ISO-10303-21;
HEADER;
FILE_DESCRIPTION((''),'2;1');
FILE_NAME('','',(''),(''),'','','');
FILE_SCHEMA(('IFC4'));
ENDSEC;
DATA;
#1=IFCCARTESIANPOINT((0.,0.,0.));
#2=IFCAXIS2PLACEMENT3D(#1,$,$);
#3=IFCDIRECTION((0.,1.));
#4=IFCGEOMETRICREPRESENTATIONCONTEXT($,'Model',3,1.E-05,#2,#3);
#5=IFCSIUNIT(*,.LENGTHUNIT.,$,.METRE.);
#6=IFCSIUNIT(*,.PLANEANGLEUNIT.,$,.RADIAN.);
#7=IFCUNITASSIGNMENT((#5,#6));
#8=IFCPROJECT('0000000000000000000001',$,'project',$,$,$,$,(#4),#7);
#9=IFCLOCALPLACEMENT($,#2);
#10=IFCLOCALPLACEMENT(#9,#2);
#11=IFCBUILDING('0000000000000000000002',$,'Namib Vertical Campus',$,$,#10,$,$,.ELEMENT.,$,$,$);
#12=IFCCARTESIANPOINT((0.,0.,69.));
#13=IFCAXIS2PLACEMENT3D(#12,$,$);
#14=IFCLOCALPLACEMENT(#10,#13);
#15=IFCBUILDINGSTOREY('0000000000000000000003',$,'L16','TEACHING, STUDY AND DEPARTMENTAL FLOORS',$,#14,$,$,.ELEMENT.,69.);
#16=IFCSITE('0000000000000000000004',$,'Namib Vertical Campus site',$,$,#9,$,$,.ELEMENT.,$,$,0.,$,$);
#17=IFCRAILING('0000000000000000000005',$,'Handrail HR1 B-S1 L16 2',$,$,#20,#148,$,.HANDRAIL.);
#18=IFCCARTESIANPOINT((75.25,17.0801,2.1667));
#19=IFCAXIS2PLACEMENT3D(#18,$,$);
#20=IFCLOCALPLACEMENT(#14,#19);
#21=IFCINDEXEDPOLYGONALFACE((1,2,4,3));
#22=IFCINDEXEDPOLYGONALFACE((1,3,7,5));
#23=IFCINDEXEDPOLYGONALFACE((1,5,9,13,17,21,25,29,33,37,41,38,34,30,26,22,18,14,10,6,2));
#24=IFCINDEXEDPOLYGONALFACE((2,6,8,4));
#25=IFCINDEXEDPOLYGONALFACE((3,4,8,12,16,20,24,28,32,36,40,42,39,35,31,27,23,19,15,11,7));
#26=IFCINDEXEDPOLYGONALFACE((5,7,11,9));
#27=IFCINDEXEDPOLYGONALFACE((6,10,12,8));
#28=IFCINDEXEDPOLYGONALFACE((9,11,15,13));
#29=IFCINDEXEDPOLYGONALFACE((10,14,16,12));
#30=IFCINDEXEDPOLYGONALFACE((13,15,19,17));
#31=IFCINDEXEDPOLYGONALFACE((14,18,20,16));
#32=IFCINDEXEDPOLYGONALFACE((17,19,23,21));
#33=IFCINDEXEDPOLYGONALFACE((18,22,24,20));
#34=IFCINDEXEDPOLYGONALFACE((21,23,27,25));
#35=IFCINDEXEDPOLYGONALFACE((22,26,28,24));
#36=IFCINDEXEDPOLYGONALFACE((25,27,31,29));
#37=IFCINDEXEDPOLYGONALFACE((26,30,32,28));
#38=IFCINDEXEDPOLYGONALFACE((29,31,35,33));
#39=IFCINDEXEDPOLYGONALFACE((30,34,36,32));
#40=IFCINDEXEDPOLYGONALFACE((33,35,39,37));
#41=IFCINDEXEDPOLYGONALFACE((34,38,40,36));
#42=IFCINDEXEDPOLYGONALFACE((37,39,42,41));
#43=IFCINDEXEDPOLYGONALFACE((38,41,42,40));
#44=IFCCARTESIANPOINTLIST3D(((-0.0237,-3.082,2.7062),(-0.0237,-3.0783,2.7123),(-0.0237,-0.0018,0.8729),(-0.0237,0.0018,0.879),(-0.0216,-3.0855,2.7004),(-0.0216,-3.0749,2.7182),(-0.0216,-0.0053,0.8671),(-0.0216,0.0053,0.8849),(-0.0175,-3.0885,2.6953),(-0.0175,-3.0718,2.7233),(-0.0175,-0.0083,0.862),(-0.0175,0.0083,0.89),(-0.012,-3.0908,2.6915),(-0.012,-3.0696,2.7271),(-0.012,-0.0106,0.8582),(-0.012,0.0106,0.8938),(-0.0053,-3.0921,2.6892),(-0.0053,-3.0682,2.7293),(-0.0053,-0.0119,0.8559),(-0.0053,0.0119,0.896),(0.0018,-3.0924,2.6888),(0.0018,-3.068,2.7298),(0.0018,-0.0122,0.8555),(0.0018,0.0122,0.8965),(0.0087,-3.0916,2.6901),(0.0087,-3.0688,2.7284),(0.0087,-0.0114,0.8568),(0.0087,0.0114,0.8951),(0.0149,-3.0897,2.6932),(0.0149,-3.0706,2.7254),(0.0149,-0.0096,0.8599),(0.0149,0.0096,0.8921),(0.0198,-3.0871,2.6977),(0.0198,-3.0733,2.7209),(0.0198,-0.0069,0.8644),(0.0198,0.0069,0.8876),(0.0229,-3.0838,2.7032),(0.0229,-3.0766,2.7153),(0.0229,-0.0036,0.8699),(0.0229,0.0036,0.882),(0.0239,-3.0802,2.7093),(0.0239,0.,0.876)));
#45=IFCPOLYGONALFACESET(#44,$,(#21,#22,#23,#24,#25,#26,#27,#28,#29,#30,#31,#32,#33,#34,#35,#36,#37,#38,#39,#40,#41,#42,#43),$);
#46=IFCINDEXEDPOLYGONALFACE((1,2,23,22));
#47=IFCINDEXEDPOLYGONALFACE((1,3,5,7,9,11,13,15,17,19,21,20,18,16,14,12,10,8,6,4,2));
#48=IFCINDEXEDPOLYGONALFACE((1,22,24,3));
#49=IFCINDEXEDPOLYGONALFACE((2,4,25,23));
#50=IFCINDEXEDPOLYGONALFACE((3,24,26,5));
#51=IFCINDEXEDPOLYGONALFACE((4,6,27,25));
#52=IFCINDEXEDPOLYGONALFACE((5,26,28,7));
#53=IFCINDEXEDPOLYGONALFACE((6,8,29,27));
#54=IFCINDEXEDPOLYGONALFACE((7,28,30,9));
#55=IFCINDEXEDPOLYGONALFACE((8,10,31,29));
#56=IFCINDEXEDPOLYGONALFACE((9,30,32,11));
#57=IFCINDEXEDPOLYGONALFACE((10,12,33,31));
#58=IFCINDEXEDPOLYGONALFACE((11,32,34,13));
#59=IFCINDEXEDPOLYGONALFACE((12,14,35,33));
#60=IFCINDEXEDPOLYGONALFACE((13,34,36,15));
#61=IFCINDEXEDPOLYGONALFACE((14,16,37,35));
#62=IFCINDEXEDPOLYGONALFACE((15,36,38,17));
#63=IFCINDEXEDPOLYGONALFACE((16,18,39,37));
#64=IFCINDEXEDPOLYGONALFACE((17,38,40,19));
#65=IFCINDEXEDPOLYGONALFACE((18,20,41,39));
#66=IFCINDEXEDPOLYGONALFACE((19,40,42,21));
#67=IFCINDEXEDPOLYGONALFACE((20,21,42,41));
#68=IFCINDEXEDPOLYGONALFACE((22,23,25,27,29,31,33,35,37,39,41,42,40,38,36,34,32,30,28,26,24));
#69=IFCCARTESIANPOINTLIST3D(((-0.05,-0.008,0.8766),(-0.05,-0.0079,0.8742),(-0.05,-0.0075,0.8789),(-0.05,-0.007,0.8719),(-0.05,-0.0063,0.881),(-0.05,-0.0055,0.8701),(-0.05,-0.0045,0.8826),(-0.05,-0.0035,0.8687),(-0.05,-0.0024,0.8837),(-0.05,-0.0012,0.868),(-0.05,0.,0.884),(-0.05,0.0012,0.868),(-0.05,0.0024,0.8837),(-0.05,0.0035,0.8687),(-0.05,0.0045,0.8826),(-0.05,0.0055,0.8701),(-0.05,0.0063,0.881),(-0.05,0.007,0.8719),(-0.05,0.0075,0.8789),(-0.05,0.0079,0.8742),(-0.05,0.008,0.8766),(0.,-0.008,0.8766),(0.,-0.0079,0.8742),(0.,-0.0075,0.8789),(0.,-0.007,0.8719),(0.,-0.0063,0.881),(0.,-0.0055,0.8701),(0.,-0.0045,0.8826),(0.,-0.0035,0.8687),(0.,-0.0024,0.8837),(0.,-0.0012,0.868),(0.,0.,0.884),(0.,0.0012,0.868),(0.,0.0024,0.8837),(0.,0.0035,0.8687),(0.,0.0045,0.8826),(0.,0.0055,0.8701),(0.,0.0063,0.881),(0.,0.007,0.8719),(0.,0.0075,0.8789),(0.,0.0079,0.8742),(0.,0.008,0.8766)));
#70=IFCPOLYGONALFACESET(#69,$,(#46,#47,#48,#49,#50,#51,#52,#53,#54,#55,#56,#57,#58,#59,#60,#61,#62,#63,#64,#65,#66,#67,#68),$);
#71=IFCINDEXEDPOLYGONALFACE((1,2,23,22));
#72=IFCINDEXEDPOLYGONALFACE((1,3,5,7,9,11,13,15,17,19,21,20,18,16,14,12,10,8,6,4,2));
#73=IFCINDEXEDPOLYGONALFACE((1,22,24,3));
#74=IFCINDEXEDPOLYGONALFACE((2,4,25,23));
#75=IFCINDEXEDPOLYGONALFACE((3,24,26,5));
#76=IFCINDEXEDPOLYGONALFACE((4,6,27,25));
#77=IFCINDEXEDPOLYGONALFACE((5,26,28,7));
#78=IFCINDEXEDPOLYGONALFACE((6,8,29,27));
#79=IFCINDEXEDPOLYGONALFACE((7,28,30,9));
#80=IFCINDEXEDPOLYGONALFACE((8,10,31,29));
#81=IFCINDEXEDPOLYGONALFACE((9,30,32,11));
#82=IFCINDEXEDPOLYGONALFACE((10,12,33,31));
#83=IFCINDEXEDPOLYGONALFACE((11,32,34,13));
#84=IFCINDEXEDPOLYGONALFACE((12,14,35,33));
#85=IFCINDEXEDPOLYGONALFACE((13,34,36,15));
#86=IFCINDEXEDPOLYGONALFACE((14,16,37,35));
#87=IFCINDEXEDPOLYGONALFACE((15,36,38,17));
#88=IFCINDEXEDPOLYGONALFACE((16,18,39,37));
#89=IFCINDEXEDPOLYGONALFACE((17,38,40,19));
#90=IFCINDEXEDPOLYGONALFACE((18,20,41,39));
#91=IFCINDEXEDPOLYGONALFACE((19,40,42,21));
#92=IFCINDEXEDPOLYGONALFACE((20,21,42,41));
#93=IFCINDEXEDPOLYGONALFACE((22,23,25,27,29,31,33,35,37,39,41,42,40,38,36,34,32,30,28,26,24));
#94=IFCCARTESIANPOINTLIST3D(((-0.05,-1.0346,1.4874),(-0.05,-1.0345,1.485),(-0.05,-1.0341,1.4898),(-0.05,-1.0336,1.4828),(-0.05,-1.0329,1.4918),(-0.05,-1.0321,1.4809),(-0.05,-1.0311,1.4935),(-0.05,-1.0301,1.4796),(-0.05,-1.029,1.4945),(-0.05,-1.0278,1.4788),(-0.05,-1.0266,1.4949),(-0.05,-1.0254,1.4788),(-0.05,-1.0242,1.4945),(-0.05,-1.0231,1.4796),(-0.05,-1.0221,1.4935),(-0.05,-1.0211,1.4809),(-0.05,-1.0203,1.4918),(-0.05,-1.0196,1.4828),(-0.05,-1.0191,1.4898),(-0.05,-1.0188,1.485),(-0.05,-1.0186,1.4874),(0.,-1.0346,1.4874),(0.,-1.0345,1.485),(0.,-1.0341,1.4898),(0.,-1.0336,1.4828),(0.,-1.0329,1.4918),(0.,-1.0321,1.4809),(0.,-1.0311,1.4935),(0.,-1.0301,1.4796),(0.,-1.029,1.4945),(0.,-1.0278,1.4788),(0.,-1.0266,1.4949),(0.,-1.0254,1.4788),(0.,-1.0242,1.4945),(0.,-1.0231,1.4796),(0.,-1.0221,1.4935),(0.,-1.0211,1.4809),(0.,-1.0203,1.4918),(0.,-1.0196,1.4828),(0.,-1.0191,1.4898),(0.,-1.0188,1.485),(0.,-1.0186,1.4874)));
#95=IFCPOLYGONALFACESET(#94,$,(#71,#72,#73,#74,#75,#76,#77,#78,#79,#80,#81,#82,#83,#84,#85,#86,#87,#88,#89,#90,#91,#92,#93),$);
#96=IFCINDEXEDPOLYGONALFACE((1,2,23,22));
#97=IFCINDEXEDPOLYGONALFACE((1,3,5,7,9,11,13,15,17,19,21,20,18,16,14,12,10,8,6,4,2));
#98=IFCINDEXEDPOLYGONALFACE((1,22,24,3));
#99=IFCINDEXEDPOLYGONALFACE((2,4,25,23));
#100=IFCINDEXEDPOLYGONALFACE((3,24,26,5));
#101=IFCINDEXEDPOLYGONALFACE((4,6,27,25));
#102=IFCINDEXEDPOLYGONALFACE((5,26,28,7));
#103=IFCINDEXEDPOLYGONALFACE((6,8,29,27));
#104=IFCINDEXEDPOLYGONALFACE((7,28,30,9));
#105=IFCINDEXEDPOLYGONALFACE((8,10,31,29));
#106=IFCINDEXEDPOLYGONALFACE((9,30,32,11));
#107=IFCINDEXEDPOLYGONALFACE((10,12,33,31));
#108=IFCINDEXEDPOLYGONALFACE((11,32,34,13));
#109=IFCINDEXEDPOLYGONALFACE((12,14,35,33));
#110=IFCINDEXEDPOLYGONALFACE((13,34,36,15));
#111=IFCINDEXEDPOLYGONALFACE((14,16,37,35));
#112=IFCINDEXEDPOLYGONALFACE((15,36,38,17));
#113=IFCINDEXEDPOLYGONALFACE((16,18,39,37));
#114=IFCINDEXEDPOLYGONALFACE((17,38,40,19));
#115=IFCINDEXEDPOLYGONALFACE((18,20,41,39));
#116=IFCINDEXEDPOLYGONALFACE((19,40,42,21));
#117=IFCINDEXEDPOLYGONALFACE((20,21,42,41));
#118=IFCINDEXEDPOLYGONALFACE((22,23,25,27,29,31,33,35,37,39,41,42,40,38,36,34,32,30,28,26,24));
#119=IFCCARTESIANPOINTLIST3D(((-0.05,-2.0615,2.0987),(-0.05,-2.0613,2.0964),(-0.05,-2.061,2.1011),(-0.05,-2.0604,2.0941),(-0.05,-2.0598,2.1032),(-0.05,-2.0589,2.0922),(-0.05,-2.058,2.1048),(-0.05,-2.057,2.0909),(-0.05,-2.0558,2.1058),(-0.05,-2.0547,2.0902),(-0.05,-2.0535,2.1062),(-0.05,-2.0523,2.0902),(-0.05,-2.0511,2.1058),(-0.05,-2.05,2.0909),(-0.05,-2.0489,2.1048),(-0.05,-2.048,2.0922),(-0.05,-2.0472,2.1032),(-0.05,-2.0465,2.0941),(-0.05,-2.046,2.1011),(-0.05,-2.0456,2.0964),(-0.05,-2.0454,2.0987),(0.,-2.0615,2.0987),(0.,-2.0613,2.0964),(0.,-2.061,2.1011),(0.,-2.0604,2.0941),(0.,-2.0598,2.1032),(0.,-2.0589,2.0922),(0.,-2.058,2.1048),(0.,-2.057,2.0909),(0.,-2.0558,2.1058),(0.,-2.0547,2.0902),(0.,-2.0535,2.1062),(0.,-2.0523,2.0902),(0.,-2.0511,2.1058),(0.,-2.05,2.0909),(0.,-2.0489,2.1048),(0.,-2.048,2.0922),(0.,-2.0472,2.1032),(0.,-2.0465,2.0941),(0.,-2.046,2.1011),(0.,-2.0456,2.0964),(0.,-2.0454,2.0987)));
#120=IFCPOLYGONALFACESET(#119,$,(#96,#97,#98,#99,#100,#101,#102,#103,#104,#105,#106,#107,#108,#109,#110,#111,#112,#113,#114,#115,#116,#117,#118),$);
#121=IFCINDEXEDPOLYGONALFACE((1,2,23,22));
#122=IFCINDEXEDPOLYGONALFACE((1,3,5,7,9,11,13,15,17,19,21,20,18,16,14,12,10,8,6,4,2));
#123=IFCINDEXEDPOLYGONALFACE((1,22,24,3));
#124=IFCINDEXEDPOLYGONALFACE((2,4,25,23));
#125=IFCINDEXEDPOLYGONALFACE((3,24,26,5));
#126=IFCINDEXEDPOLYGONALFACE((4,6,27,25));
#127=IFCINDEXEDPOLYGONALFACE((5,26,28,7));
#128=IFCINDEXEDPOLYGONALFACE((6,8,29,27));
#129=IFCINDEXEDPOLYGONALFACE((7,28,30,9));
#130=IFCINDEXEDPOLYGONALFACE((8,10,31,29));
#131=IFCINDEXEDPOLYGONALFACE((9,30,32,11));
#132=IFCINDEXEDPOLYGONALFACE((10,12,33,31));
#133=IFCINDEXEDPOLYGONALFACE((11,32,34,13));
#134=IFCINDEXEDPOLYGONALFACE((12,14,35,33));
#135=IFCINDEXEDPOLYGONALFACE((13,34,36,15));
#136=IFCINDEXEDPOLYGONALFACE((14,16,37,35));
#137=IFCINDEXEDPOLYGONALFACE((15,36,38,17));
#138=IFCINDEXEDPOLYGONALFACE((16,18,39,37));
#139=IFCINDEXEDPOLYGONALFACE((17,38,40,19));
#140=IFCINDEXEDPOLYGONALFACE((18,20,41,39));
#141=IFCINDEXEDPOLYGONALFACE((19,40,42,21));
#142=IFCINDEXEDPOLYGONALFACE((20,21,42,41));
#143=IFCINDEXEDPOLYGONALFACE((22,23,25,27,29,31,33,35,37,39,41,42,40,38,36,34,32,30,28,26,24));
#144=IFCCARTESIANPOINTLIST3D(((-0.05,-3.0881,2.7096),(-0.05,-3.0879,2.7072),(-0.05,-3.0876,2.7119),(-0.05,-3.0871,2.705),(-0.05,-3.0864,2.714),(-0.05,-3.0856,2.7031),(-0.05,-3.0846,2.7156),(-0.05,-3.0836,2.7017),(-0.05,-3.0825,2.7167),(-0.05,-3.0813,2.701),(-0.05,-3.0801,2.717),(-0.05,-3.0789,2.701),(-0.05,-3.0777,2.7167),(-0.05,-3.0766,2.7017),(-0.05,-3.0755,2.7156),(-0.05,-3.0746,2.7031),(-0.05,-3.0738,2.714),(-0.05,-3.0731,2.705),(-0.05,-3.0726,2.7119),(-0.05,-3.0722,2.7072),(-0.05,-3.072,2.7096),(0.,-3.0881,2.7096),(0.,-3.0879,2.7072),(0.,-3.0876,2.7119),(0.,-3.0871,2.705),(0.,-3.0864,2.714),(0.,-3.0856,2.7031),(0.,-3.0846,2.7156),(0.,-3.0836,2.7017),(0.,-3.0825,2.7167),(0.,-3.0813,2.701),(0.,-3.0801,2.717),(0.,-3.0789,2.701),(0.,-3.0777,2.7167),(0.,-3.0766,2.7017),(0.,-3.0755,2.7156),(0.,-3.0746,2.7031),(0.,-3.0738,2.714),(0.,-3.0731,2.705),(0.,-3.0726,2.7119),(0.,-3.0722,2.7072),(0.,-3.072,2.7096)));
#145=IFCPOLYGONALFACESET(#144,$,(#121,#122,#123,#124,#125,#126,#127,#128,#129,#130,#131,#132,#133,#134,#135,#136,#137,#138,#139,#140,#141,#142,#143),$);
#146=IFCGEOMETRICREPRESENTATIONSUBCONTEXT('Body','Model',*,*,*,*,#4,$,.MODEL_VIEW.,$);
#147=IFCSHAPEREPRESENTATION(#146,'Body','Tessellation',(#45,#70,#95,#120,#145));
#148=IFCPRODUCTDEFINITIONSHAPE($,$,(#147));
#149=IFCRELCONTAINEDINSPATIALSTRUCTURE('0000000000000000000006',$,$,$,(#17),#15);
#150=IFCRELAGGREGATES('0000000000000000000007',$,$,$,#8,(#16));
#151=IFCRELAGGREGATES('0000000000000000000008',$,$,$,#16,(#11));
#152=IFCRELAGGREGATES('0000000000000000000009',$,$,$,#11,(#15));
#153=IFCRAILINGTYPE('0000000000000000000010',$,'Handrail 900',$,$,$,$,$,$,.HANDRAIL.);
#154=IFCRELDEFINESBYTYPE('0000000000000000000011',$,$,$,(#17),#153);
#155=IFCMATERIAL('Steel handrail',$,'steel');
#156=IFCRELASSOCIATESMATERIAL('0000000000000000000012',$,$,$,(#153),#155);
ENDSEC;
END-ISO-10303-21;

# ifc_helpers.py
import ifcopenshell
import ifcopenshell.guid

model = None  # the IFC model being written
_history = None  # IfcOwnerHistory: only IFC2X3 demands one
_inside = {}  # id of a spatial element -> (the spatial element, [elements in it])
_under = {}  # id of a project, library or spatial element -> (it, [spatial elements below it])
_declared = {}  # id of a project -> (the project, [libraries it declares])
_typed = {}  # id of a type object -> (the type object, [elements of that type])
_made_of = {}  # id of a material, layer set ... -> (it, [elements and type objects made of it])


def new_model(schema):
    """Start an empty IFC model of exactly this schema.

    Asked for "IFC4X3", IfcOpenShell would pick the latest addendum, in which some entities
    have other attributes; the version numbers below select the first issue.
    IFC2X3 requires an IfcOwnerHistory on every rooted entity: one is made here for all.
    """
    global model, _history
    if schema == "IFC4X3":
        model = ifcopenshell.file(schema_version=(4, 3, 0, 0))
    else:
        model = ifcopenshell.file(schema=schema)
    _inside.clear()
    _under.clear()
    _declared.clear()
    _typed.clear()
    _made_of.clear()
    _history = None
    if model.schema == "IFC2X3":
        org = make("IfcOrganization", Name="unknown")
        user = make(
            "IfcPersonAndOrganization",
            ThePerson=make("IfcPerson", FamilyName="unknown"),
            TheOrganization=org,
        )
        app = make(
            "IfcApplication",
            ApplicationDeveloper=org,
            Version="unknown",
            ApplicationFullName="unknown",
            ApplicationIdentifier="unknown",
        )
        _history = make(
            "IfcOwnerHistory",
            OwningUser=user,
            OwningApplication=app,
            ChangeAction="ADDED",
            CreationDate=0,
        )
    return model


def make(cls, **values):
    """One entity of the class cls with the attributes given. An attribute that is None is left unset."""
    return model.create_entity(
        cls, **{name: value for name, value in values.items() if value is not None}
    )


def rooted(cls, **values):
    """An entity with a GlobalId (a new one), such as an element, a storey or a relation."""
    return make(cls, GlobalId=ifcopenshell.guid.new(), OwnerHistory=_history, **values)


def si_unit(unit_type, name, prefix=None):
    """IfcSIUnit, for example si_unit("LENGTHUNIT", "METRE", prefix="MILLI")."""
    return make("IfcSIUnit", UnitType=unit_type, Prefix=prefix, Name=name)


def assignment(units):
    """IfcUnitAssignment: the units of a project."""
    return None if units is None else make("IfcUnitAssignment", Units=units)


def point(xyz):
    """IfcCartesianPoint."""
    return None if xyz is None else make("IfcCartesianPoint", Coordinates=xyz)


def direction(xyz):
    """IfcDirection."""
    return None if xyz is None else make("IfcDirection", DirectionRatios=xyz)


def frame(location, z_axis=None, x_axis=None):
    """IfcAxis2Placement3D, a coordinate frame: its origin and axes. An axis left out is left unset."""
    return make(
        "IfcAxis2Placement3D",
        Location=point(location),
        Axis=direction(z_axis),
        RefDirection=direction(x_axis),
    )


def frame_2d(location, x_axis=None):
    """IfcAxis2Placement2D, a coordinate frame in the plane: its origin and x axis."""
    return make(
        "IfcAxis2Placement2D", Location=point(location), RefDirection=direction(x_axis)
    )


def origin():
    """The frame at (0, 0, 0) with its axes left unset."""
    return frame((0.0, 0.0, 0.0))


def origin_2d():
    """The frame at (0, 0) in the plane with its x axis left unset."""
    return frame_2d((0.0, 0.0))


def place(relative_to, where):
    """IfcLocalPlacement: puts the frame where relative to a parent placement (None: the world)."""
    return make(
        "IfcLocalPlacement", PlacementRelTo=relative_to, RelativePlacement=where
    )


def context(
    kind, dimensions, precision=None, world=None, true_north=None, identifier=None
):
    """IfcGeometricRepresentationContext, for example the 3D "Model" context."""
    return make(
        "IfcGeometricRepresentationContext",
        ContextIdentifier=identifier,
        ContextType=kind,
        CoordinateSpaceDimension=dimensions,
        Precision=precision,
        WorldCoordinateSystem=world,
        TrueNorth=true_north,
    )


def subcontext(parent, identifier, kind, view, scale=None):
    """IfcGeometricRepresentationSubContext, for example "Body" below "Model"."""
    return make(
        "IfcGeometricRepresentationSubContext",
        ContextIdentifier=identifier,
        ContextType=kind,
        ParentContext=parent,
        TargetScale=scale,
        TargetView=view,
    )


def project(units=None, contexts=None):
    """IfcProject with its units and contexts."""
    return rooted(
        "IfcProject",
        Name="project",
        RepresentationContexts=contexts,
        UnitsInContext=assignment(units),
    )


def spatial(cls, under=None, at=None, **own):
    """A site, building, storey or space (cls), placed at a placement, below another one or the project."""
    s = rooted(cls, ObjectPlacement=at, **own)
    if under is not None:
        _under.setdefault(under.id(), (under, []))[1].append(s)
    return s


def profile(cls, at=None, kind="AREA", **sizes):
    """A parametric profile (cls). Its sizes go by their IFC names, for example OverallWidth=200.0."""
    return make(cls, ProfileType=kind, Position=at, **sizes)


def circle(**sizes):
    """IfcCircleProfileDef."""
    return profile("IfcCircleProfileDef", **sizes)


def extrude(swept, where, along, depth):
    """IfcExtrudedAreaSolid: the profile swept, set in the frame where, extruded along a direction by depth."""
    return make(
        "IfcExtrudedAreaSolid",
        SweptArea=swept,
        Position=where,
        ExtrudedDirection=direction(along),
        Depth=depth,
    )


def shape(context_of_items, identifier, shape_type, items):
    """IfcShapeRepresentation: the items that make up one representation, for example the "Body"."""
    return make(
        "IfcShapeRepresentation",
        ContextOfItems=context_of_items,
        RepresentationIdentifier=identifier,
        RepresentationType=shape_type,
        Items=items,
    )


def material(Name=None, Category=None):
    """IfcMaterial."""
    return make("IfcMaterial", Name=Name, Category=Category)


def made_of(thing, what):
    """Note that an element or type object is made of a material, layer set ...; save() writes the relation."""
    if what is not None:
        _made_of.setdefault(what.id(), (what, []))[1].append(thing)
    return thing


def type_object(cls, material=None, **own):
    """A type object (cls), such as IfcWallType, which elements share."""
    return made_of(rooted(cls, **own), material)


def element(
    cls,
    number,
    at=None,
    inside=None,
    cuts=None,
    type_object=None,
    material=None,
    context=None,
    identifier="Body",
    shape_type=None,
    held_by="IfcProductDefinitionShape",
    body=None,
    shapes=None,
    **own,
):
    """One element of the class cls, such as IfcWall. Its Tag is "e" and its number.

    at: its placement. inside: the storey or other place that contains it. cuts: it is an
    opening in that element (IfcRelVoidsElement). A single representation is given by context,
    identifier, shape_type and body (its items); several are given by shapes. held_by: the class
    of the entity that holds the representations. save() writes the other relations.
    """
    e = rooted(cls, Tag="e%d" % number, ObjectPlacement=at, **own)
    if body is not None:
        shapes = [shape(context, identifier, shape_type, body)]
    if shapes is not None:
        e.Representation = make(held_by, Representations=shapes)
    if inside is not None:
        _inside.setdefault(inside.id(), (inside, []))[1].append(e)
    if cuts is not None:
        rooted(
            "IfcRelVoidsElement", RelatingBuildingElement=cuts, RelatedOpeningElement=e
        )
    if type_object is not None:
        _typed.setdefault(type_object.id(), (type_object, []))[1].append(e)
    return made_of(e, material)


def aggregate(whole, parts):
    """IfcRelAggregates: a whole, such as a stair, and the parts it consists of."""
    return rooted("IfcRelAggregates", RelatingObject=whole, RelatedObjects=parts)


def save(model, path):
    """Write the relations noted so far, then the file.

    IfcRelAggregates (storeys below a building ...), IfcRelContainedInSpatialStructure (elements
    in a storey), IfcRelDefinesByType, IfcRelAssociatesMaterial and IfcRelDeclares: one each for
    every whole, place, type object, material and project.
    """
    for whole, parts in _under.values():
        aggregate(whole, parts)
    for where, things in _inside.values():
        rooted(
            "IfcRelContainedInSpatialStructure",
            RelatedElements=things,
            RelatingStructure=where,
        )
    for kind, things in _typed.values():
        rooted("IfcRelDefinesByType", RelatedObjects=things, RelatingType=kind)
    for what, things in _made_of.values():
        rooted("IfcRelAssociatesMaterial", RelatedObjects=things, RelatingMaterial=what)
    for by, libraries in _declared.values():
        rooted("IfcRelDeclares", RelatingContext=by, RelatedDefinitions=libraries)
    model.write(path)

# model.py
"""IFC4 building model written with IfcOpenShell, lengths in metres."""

from ifc_helpers import new_model, si_unit, direction, frame, origin, origin_2d, place, context, subcontext, project, spatial, circle, extrude, material, type_object, element, save


model = new_model("IFC4")

# Units and contexts
model_context = context("Model", 3, precision=1e-05, world=origin(), true_north=direction((0.0, 1.0)))
body_context = subcontext(model_context, "Body", "Model", "MODEL_VIEW")
ifc_project = project(units=[si_unit("LENGTHUNIT", "METRE"), si_unit("PLANEANGLEUNIT", "RADIAN")], contexts=[model_context])

# Site, building, storey
site_placement = place(None, origin())
site = spatial("IfcSite", under=ifc_project, at=site_placement, Name="Namib Vertical Campus site", CompositionType="ELEMENT", RefElevation=0.0)
building_placement = place(site_placement, origin())
building = spatial("IfcBuilding", under=site, at=building_placement, Name="Namib Vertical Campus", CompositionType="ELEMENT")
storey_placement = place(building_placement, frame((0.0, 0.0, 69.0)))
storey = spatial("IfcBuildingStorey", under=building, at=storey_placement, Name="L16", Description="TEACHING, STUDY AND DEPARTMENTAL FLOORS", CompositionType="ELEMENT", Elevation=69.0)

# Railing
ifc_material_1 = material(Name="Steel handrail", Category="steel")
railing_type_1 = type_object("IfcRailingType", Name="Handrail 900", PredefinedType="HANDRAIL", material=ifc_material_1)
railing_1_placement = place(storey_placement, frame((75.25, 17.0801, 2.1667)))
element("IfcRailing", 1, at=railing_1_placement, inside=storey, type_object=railing_type_1, Name="Handrail HR1 B-S1 L16 2", PredefinedType="HANDRAIL", context=body_context, shape_type="SweptSolid", body=[
    extrude(circle(Radius=0.0239, at=origin_2d()), frame((0.0, 0.0, 0.876), z_axis=(0.0, -0.859309, 0.511458), x_axis=(1.0, 0.0, 0.0)), (0.0, 0.0, 1.0), 3.5845),
    extrude(circle(Radius=0.0081, at=origin_2d()), frame((0.0, 0.0, 0.876), z_axis=(-1.0, 0.0, 0.0), x_axis=(0.0, 0.0, 1.0)), (0.0, 0.0, 1.0), 0.05),
    extrude(circle(Radius=0.0081, at=origin_2d()), frame((0.0, -1.0266, 1.4868), z_axis=(-1.0, 0.0, 0.0), x_axis=(0.0, 0.0, 1.0)), (0.0, 0.0, 1.0), 0.05),
    extrude(circle(Radius=0.0081, at=origin_2d()), frame((0.0, -2.0535, 2.0981), z_axis=(-1.0, 0.0, 0.0), x_axis=(0.0, 0.0, 1.0)), (0.0, 0.0, 1.0), 0.05),
    extrude(circle(Radius=0.0081, at=origin_2d()), frame((0.0, -3.0801, 2.709), z_axis=(-1.0, 0.0, 0.0), x_axis=(0.0, 0.0, 1.0)), (0.0, 0.0, 1.0), 0.05),
])

save(model, "model.ifc")
